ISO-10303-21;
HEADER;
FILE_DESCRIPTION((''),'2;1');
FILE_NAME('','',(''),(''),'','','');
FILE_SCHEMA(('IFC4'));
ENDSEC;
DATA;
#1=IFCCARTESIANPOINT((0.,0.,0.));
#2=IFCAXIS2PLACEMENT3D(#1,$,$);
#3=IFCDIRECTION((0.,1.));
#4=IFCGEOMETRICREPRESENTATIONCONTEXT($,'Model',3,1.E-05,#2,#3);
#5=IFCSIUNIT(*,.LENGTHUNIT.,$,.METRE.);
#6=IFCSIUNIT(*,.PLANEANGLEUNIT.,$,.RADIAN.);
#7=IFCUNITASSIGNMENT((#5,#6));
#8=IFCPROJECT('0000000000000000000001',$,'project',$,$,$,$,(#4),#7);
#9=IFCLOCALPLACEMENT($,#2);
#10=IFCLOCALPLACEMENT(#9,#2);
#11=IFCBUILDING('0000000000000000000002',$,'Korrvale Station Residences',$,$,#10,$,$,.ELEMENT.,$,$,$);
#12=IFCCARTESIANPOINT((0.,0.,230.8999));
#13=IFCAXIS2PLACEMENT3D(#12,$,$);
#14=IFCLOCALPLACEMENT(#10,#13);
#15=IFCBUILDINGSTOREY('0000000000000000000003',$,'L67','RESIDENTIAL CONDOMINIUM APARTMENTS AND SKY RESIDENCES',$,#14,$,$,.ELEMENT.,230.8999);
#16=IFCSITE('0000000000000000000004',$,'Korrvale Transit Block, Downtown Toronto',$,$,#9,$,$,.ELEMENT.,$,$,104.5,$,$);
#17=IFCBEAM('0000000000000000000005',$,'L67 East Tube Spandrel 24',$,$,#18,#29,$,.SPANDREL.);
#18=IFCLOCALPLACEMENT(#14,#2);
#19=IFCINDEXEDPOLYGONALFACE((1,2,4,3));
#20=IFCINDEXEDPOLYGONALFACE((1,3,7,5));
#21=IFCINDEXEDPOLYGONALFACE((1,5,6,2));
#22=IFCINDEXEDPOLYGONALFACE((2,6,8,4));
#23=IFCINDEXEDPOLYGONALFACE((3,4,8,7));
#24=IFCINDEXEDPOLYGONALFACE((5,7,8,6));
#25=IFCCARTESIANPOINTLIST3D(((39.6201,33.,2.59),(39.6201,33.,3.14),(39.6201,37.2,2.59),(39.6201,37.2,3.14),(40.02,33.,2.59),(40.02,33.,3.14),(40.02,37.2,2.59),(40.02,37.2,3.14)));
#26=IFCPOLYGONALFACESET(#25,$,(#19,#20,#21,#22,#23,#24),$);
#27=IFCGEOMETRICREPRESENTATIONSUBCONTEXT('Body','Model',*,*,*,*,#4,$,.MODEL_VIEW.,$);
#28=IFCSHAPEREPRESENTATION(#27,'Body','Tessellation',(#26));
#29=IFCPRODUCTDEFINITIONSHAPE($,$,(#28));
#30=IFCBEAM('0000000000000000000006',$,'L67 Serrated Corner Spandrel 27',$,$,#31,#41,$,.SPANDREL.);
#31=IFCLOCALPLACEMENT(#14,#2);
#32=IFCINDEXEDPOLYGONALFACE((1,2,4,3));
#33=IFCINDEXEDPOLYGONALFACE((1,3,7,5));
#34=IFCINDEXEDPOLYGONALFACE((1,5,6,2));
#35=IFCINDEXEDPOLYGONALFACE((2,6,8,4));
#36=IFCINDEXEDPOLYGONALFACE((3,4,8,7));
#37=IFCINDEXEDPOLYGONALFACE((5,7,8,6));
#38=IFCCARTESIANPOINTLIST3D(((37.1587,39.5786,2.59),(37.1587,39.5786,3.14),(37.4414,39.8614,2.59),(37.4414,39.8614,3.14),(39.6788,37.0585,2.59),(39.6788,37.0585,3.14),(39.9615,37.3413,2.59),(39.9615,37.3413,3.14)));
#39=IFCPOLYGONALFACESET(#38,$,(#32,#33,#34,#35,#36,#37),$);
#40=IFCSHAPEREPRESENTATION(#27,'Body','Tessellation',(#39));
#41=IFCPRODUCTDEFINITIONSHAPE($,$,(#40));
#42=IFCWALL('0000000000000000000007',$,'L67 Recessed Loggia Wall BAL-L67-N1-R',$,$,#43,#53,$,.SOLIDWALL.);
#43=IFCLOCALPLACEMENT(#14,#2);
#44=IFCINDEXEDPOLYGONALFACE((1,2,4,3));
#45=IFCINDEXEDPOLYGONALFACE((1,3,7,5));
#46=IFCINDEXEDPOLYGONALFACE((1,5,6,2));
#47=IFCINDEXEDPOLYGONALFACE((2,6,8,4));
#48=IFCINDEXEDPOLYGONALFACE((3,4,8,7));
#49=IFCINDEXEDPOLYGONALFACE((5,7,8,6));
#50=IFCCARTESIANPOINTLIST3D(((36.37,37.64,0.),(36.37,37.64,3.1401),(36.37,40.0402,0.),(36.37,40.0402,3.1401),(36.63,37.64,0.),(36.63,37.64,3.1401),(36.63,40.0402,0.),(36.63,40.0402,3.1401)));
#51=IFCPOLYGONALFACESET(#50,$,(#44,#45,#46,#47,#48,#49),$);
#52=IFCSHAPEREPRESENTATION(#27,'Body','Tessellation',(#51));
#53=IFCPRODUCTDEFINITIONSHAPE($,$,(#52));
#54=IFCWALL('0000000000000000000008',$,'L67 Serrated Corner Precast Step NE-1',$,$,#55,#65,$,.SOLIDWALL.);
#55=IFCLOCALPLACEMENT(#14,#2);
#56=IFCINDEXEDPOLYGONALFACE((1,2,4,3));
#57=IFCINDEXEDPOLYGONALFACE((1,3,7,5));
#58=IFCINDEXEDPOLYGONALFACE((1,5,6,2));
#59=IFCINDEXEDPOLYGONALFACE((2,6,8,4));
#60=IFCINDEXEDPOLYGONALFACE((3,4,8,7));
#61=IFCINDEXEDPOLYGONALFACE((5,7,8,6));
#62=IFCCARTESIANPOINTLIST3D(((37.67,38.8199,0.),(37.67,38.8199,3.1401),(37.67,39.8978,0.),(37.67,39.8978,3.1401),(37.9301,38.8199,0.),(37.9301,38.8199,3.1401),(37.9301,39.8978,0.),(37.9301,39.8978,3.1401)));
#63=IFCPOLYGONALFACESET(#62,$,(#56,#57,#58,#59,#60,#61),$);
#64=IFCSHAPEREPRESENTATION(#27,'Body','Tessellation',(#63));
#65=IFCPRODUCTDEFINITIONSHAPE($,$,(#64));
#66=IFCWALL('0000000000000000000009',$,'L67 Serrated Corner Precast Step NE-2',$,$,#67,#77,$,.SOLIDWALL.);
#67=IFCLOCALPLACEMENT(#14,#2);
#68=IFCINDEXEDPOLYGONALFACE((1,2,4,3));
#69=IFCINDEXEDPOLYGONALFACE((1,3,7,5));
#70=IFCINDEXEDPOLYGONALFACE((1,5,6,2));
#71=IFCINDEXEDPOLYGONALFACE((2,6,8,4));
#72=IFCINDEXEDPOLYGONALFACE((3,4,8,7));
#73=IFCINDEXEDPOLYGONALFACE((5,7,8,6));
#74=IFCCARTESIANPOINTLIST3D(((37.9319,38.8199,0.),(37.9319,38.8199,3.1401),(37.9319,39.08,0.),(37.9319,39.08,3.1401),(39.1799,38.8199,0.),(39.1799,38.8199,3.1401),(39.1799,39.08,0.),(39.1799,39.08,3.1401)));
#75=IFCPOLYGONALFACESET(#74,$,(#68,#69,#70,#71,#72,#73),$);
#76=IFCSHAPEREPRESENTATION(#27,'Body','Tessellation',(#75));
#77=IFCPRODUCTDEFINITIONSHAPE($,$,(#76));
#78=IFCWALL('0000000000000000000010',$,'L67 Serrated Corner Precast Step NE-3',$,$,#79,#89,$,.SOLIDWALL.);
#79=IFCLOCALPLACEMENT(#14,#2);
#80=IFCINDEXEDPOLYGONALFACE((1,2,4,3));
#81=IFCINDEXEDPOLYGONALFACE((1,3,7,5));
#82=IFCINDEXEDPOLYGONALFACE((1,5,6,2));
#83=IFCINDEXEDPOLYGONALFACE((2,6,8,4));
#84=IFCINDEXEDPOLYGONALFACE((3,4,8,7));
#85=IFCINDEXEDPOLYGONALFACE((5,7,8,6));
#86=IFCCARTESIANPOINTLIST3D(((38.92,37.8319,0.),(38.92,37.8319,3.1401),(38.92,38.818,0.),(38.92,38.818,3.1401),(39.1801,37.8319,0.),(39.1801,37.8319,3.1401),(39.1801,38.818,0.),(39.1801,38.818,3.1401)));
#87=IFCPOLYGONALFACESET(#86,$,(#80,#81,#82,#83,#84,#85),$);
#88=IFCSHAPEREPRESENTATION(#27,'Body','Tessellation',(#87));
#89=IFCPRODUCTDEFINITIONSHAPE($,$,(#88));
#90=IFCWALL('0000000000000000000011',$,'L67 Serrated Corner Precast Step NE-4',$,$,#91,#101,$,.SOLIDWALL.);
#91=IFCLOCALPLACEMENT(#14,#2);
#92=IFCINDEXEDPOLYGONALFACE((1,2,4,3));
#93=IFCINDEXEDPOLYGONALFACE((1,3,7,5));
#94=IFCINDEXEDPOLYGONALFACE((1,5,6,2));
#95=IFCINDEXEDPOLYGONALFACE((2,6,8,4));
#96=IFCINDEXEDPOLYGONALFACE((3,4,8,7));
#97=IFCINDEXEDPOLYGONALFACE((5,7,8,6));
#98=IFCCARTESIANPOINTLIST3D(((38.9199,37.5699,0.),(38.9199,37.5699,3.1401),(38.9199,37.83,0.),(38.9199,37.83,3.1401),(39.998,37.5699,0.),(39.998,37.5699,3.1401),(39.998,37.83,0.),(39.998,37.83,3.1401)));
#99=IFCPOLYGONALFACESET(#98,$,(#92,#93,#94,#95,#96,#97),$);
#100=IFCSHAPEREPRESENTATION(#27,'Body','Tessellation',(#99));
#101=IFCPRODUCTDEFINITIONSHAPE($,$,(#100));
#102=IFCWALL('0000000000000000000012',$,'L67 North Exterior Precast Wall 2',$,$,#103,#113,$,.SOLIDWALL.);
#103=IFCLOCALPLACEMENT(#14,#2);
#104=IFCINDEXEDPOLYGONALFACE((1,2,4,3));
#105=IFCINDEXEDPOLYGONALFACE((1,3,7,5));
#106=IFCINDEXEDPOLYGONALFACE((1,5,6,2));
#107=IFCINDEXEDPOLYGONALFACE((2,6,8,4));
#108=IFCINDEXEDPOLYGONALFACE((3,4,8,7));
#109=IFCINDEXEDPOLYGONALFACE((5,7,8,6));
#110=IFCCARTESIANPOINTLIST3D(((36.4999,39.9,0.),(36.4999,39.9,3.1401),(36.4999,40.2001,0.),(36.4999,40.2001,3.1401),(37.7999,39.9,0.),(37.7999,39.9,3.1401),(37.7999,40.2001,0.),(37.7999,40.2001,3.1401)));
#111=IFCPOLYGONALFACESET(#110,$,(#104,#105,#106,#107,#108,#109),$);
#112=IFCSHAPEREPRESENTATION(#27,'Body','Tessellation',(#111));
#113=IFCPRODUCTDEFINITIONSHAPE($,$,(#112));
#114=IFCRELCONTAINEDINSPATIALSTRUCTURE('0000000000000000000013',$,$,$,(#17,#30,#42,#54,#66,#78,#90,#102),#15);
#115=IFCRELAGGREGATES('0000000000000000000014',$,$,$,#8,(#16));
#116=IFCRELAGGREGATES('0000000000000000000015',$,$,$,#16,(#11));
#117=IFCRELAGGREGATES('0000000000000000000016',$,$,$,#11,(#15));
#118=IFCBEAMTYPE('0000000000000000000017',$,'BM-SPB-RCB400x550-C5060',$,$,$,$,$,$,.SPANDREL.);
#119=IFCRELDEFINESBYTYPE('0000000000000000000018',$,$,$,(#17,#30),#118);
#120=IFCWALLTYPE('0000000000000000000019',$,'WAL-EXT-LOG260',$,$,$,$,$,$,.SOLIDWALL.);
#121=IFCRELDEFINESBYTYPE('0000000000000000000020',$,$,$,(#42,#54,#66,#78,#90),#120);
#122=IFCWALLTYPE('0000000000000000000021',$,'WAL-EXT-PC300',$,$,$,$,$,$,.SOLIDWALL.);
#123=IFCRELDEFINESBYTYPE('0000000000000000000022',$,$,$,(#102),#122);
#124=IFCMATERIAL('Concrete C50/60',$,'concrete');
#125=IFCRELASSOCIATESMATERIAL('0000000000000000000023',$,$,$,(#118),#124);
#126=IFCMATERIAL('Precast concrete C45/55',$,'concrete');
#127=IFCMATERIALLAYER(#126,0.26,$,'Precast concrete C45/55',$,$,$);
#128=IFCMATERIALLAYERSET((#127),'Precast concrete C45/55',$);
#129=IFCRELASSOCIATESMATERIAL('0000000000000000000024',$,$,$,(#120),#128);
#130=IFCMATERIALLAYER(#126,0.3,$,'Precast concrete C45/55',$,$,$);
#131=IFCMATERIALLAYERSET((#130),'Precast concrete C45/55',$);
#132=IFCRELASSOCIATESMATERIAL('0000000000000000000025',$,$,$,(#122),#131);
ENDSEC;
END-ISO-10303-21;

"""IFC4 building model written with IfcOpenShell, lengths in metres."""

from ifc_helpers import new_model, si_unit, direction, frame, frame_2d, origin, origin_2d, place, context, subcontext, project, spatial, rectangle, extrude, material, layer, layer_set, material_profile, profile_set, type_object, element, save


model = new_model("IFC4")

# Units and contexts
model_context = context("Model", 3, precision=1e-05, world=origin(), true_north=direction((0.0, 1.0)))
body_context = subcontext(model_context, "Body", "Model", "MODEL_VIEW")
ifc_project = project(units=[si_unit("LENGTHUNIT", "METRE"), si_unit("PLANEANGLEUNIT", "RADIAN")], contexts=[model_context])

# Site, building, storey
site_placement = place(None, origin())
site = spatial("IfcSite", under=ifc_project, at=site_placement, Name="Korrvale Transit Block, Downtown Toronto", CompositionType="ELEMENT", RefElevation=104.5)
building_placement = place(site_placement, origin())
building = spatial("IfcBuilding", under=site, at=building_placement, Name="Korrvale Station Residences", CompositionType="ELEMENT")
storey_placement = place(building_placement, frame((0.0, 0.0, 230.8999)))
storey = spatial("IfcBuildingStorey", under=building, at=storey_placement, Name="L67", Description="RESIDENTIAL CONDOMINIUM APARTMENTS AND SKY RESIDENCES", CompositionType="ELEMENT", Elevation=230.8999)

# Shared definitions
ifc_material_1 = material(Name="Concrete C50/60", Category="concrete")

# Beams
ifc_material_profile_1 = material_profile(ifc_material_1, rectangle(XDim=0.3999, YDim=0.55, at=origin_2d()), Name="RCB400x550")
ifc_profile_set_1 = profile_set([ifc_material_profile_1], Name="Concrete C50/60")
beam_type_1 = type_object("IfcBeamType", Name="BM-SPB-RCB400x550-C5060", PredefinedType="SPANDREL", material=ifc_profile_set_1)
beam_1_placement = place(storey_placement, frame((39.8201, 33.0, 2.865), z_axis=(0.0, 1.0, 0.0), x_axis=(-1.0, 0.0, 0.0)))
element("IfcBeam", 1, at=beam_1_placement, inside=storey, type_object=beam_type_1, Name="L67 East Tube Spandrel 24", PredefinedType="SPANDREL", context=body_context, shape_type="SweptSolid", body=[
    extrude(rectangle(XDim=0.3999, YDim=0.55, at=origin_2d()), origin(), (0.0, 0.0, 1.0), 4.2),
])
beam_2_placement = place(storey_placement, frame((37.3, 39.72, 2.865), z_axis=(0.707107, -0.707107, 0.0), x_axis=(0.707107, 0.707107, 0.0)))
element("IfcBeam", 2, at=beam_2_placement, inside=storey, type_object=beam_type_1, Name="L67 Serrated Corner Spandrel 27", PredefinedType="SPANDREL", context=body_context, shape_type="SweptSolid", body=[
    extrude(rectangle(XDim=0.3999, YDim=0.55, at=origin_2d()), origin(), (0.0, 0.0, 1.0), 3.564),
])

# Walls
ifc_material_2 = material(Name="Precast concrete C45/55", Category="concrete")
ifc_layer_1 = layer(ifc_material_2, 0.26, Name="Precast concrete C45/55")
ifc_layer_set_1 = layer_set([ifc_layer_1], Name="Precast concrete C45/55")
wall_type_1 = type_object("IfcWallType", Name="WAL-EXT-LOG260", PredefinedType="SOLIDWALL", material=ifc_layer_set_1)
wall_1_placement = place(storey_placement, frame((36.5, 37.6399, 0.0), z_axis=(0.0, 0.0, 1.0), x_axis=(0.0, 1.0, 0.0)))
element("IfcWall", 3, at=wall_1_placement, inside=storey, type_object=wall_type_1, Name="L67 Recessed Loggia Wall BAL-L67-N1-R", PredefinedType="SOLIDWALL", context=body_context, shape_type="SweptSolid", body=[
    extrude(rectangle(XDim=2.4001, YDim=0.26, at=frame_2d((1.2002, 0.0))), origin(), (0.0, 0.0, 1.0), 3.1401),
])
wall_2_placement = place(storey_placement, frame((37.8, 39.8979, 0.0), z_axis=(0.0, 0.0, 1.0), x_axis=(0.0, -1.0, 0.0)))
element("IfcWall", 4, at=wall_2_placement, inside=storey, type_object=wall_type_1, Name="L67 Serrated Corner Precast Step NE-1", PredefinedType="SOLIDWALL", context=body_context, shape_type="SweptSolid", body=[
    extrude(rectangle(XDim=1.0779, YDim=0.26, at=frame_2d((0.5391, 0.0))), origin(), (0.0, 0.0, 1.0), 3.1401),
])
wall_3_placement = place(storey_placement, frame((37.9319, 38.95, 0.0), z_axis=(0.0, 0.0, 1.0), x_axis=(1.0, 0.0, 0.0)))
element("IfcWall", 5, at=wall_3_placement, inside=storey, type_object=wall_type_1, Name="L67 Serrated Corner Precast Step NE-2", PredefinedType="SOLIDWALL", context=body_context, shape_type="SweptSolid", body=[
    extrude(rectangle(XDim=1.248, YDim=0.26, at=frame_2d((0.624, 0.0))), origin(), (0.0, 0.0, 1.0), 3.1401),
])
wall_4_placement = place(storey_placement, frame((39.05, 38.8181, 0.0), z_axis=(0.0, 0.0, 1.0), x_axis=(0.0, -1.0, 0.0)))
element("IfcWall", 6, at=wall_4_placement, inside=storey, type_object=wall_type_1, Name="L67 Serrated Corner Precast Step NE-3", PredefinedType="SOLIDWALL", context=body_context, shape_type="SweptSolid", body=[
    extrude(rectangle(XDim=0.9861, YDim=0.26, at=frame_2d((0.4932, 0.0))), origin(), (0.0, 0.0, 1.0), 3.1401),
])
wall_5_placement = place(storey_placement, frame((38.9199, 37.7, 0.0), z_axis=(0.0, 0.0, 1.0), x_axis=(1.0, 0.0, 0.0)))
element("IfcWall", 7, at=wall_5_placement, inside=storey, type_object=wall_type_1, Name="L67 Serrated Corner Precast Step NE-4", PredefinedType="SOLIDWALL", context=body_context, shape_type="SweptSolid", body=[
    extrude(rectangle(XDim=1.0781, YDim=0.26, at=frame_2d((0.5391, 0.0))), origin(), (0.0, 0.0, 1.0), 3.1401),
])
ifc_layer_2 = layer(ifc_material_2, 0.3, Name="Precast concrete C45/55")
ifc_layer_set_2 = layer_set([ifc_layer_2], Name="Precast concrete C45/55")
wall_type_2 = type_object("IfcWallType", Name="WAL-EXT-PC300", PredefinedType="SOLIDWALL", material=ifc_layer_set_2)
wall_6_placement = place(storey_placement, frame((36.5, 40.05, 0.0), z_axis=(0.0, 0.0, 1.0), x_axis=(1.0, 0.0, 0.0)))
element("IfcWall", 8, at=wall_6_placement, inside=storey, type_object=wall_type_2, Name="L67 North Exterior Precast Wall 2", PredefinedType="SOLIDWALL", context=body_context, shape_type="SweptSolid", body=[
    extrude(rectangle(XDim=1.3, YDim=0.3, at=frame_2d((0.6499, 0.0))), origin(), (0.0, 0.0, 1.0), 3.1401),
])

save(model, "model.ifc")
